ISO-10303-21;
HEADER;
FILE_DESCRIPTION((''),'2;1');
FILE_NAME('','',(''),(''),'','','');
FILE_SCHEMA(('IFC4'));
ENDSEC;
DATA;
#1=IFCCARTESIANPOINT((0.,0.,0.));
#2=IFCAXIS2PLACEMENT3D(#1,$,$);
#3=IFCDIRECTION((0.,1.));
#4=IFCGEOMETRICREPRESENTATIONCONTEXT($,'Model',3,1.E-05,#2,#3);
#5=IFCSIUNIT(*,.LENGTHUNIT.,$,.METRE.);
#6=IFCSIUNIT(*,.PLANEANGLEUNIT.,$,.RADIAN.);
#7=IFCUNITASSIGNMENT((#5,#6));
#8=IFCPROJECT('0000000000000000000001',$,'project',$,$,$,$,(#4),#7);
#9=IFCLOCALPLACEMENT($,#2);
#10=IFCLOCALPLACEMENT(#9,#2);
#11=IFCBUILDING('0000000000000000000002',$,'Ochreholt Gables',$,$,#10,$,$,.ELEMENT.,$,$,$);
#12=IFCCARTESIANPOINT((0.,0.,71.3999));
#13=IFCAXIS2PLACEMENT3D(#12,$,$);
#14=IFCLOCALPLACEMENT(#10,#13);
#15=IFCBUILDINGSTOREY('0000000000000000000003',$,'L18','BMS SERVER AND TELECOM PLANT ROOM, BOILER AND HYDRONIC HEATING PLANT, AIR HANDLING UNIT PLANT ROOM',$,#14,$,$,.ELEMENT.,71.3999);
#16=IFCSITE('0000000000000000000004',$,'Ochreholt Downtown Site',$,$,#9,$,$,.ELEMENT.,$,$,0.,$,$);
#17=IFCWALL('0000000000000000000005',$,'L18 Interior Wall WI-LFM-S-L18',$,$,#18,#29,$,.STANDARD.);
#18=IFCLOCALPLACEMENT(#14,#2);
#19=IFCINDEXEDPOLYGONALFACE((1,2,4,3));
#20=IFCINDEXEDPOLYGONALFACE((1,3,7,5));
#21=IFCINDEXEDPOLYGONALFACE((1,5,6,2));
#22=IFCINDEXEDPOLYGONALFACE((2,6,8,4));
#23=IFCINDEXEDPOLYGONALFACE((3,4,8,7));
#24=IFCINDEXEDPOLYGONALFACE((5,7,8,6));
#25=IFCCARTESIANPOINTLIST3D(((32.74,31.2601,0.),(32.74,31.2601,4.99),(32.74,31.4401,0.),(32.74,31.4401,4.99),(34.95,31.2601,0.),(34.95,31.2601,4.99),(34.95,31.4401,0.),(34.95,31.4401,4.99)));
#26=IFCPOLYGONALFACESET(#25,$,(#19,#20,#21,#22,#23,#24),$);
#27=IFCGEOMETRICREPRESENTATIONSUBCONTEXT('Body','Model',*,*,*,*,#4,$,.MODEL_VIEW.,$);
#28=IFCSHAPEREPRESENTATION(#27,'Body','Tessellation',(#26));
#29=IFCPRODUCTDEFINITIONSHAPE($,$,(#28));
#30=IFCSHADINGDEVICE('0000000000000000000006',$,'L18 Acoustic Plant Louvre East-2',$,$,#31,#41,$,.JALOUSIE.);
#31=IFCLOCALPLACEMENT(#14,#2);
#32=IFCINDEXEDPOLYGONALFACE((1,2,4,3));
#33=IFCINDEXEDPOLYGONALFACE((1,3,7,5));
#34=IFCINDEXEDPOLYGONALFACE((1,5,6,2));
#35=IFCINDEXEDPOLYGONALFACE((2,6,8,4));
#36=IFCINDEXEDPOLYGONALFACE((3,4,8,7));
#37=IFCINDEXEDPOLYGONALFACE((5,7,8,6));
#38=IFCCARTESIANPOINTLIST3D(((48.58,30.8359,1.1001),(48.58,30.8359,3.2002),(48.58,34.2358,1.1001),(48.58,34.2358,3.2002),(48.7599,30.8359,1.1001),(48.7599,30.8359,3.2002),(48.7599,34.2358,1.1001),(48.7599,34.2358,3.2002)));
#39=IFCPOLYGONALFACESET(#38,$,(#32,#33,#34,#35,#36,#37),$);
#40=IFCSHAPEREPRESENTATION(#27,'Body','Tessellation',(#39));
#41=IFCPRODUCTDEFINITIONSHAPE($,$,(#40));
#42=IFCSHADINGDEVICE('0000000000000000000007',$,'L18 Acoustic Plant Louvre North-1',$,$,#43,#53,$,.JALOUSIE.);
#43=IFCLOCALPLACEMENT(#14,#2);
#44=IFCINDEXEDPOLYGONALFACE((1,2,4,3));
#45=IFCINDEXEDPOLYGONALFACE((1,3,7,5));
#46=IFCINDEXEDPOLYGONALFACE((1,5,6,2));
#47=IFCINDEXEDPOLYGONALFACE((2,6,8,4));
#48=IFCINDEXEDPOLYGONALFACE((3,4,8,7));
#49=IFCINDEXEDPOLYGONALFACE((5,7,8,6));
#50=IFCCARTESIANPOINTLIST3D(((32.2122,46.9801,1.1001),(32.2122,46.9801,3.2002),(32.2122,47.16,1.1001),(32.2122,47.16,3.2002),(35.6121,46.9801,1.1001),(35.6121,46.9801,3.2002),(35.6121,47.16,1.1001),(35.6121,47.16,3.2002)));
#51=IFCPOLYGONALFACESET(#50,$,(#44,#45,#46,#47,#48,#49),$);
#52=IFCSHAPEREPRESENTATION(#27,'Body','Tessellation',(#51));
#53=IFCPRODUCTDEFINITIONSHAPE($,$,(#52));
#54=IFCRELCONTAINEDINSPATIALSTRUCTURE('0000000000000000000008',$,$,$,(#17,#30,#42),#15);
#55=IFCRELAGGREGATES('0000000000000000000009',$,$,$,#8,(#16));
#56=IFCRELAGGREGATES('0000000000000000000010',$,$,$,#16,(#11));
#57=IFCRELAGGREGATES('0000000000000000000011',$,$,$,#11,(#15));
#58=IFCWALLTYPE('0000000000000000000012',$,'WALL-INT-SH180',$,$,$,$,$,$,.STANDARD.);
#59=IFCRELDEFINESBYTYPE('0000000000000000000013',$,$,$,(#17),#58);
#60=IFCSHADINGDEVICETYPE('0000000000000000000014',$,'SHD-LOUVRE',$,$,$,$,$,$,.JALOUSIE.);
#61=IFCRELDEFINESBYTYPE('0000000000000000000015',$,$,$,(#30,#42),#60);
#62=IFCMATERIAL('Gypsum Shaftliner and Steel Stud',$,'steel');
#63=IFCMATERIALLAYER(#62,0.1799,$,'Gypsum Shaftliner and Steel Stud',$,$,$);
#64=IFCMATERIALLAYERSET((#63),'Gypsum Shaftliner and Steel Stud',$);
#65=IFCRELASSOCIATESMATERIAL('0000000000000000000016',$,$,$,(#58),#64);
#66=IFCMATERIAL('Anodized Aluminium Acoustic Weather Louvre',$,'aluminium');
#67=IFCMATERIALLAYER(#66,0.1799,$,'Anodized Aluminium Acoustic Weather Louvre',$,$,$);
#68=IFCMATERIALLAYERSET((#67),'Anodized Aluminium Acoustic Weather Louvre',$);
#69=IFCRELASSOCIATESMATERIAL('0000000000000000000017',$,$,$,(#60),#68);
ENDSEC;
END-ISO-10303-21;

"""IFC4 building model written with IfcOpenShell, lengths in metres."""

from ifc_helpers import new_model, si_unit, direction, frame, frame_2d, origin, origin_2d, place, context, subcontext, project, spatial, rectangle, extrude, material, layer, layer_set, type_object, element, save


model = new_model("IFC4")

# Units and contexts
model_context = context("Model", 3, precision=1e-05, world=origin(), true_north=direction((0.0, 1.0)))
body_context = subcontext(model_context, "Body", "Model", "MODEL_VIEW")
ifc_project = project(units=[si_unit("LENGTHUNIT", "METRE"), si_unit("PLANEANGLEUNIT", "RADIAN")], contexts=[model_context])

# Site, building, storey
site_placement = place(None, origin())
site = spatial("IfcSite", under=ifc_project, at=site_placement, Name="Ochreholt Downtown Site", CompositionType="ELEMENT", RefElevation=0.0)
building_placement = place(site_placement, origin())
building = spatial("IfcBuilding", under=site, at=building_placement, Name="Ochreholt Gables", CompositionType="ELEMENT")
storey_placement = place(building_placement, frame((0.0, 0.0, 71.3999)))
storey = spatial("IfcBuildingStorey", under=building, at=storey_placement, Name="L18", Description="BMS SERVER AND TELECOM PLANT ROOM, BOILER AND HYDRONIC HEATING PLANT, AIR HANDLING UNIT PLANT ROOM", CompositionType="ELEMENT", Elevation=71.3999)

# Wall
ifc_material_1 = material(Name="Gypsum Shaftliner and Steel Stud", Category="steel")
ifc_layer_1 = layer(ifc_material_1, 0.1799, Name="Gypsum Shaftliner and Steel Stud")
ifc_layer_set_1 = layer_set([ifc_layer_1], Name="Gypsum Shaftliner and Steel Stud")
wall_type_1 = type_object("IfcWallType", Name="WALL-INT-SH180", PredefinedType="STANDARD", material=ifc_layer_set_1)
wall_1_placement = place(storey_placement, frame((32.74, 31.3501, 0.0), z_axis=(0.0, 0.0, 1.0), x_axis=(1.0, 0.0, 0.0)))
element("IfcWall", 1, at=wall_1_placement, inside=storey, type_object=wall_type_1, Name="L18 Interior Wall WI-LFM-S-L18", PredefinedType="STANDARD", context=body_context, shape_type="SweptSolid", body=[
    extrude(rectangle(XDim=2.21, YDim=0.1799, at=frame_2d((1.105, 0.0))), origin(), (0.0, 0.0, 1.0), 4.99),
])

# Shading devices
ifc_material_2 = material(Name="Anodized Aluminium Acoustic Weather Louvre", Category="aluminium")
ifc_layer_2 = layer(ifc_material_2, 0.1799, Name="Anodized Aluminium Acoustic Weather Louvre")
ifc_layer_set_2 = layer_set([ifc_layer_2], Name="Anodized Aluminium Acoustic Weather Louvre")
shading_device_type = type_object("IfcShadingDeviceType", Name="SHD-LOUVRE", PredefinedType="JALOUSIE", material=ifc_layer_set_2)
for number, where, z_axis, x_axis, name in (
    (2, (48.6699, 32.5359, 1.1001), (0.0, 0.0, 1.0), (0.0, 1.0, 0.0), "L18 Acoustic Plant Louvre East-2"),
    (3, (33.9121, 47.0701, 1.1001), (0.0, 0.0, 1.0), (-1.0, 0.0, 0.0), "L18 Acoustic Plant Louvre North-1"),
):
    element("IfcShadingDevice", number, at=place(storey_placement, frame(where, z_axis=z_axis, x_axis=x_axis)), inside=storey, type_object=shading_device_type, Name=name, PredefinedType="JALOUSIE", context=body_context, shape_type="SweptSolid", body=[
        extrude(rectangle(XDim=3.3999, YDim=0.1799, at=origin_2d()), origin(), (0.0, 0.0, 1.0), 2.1001),
    ])

save(model, "model.ifc")
